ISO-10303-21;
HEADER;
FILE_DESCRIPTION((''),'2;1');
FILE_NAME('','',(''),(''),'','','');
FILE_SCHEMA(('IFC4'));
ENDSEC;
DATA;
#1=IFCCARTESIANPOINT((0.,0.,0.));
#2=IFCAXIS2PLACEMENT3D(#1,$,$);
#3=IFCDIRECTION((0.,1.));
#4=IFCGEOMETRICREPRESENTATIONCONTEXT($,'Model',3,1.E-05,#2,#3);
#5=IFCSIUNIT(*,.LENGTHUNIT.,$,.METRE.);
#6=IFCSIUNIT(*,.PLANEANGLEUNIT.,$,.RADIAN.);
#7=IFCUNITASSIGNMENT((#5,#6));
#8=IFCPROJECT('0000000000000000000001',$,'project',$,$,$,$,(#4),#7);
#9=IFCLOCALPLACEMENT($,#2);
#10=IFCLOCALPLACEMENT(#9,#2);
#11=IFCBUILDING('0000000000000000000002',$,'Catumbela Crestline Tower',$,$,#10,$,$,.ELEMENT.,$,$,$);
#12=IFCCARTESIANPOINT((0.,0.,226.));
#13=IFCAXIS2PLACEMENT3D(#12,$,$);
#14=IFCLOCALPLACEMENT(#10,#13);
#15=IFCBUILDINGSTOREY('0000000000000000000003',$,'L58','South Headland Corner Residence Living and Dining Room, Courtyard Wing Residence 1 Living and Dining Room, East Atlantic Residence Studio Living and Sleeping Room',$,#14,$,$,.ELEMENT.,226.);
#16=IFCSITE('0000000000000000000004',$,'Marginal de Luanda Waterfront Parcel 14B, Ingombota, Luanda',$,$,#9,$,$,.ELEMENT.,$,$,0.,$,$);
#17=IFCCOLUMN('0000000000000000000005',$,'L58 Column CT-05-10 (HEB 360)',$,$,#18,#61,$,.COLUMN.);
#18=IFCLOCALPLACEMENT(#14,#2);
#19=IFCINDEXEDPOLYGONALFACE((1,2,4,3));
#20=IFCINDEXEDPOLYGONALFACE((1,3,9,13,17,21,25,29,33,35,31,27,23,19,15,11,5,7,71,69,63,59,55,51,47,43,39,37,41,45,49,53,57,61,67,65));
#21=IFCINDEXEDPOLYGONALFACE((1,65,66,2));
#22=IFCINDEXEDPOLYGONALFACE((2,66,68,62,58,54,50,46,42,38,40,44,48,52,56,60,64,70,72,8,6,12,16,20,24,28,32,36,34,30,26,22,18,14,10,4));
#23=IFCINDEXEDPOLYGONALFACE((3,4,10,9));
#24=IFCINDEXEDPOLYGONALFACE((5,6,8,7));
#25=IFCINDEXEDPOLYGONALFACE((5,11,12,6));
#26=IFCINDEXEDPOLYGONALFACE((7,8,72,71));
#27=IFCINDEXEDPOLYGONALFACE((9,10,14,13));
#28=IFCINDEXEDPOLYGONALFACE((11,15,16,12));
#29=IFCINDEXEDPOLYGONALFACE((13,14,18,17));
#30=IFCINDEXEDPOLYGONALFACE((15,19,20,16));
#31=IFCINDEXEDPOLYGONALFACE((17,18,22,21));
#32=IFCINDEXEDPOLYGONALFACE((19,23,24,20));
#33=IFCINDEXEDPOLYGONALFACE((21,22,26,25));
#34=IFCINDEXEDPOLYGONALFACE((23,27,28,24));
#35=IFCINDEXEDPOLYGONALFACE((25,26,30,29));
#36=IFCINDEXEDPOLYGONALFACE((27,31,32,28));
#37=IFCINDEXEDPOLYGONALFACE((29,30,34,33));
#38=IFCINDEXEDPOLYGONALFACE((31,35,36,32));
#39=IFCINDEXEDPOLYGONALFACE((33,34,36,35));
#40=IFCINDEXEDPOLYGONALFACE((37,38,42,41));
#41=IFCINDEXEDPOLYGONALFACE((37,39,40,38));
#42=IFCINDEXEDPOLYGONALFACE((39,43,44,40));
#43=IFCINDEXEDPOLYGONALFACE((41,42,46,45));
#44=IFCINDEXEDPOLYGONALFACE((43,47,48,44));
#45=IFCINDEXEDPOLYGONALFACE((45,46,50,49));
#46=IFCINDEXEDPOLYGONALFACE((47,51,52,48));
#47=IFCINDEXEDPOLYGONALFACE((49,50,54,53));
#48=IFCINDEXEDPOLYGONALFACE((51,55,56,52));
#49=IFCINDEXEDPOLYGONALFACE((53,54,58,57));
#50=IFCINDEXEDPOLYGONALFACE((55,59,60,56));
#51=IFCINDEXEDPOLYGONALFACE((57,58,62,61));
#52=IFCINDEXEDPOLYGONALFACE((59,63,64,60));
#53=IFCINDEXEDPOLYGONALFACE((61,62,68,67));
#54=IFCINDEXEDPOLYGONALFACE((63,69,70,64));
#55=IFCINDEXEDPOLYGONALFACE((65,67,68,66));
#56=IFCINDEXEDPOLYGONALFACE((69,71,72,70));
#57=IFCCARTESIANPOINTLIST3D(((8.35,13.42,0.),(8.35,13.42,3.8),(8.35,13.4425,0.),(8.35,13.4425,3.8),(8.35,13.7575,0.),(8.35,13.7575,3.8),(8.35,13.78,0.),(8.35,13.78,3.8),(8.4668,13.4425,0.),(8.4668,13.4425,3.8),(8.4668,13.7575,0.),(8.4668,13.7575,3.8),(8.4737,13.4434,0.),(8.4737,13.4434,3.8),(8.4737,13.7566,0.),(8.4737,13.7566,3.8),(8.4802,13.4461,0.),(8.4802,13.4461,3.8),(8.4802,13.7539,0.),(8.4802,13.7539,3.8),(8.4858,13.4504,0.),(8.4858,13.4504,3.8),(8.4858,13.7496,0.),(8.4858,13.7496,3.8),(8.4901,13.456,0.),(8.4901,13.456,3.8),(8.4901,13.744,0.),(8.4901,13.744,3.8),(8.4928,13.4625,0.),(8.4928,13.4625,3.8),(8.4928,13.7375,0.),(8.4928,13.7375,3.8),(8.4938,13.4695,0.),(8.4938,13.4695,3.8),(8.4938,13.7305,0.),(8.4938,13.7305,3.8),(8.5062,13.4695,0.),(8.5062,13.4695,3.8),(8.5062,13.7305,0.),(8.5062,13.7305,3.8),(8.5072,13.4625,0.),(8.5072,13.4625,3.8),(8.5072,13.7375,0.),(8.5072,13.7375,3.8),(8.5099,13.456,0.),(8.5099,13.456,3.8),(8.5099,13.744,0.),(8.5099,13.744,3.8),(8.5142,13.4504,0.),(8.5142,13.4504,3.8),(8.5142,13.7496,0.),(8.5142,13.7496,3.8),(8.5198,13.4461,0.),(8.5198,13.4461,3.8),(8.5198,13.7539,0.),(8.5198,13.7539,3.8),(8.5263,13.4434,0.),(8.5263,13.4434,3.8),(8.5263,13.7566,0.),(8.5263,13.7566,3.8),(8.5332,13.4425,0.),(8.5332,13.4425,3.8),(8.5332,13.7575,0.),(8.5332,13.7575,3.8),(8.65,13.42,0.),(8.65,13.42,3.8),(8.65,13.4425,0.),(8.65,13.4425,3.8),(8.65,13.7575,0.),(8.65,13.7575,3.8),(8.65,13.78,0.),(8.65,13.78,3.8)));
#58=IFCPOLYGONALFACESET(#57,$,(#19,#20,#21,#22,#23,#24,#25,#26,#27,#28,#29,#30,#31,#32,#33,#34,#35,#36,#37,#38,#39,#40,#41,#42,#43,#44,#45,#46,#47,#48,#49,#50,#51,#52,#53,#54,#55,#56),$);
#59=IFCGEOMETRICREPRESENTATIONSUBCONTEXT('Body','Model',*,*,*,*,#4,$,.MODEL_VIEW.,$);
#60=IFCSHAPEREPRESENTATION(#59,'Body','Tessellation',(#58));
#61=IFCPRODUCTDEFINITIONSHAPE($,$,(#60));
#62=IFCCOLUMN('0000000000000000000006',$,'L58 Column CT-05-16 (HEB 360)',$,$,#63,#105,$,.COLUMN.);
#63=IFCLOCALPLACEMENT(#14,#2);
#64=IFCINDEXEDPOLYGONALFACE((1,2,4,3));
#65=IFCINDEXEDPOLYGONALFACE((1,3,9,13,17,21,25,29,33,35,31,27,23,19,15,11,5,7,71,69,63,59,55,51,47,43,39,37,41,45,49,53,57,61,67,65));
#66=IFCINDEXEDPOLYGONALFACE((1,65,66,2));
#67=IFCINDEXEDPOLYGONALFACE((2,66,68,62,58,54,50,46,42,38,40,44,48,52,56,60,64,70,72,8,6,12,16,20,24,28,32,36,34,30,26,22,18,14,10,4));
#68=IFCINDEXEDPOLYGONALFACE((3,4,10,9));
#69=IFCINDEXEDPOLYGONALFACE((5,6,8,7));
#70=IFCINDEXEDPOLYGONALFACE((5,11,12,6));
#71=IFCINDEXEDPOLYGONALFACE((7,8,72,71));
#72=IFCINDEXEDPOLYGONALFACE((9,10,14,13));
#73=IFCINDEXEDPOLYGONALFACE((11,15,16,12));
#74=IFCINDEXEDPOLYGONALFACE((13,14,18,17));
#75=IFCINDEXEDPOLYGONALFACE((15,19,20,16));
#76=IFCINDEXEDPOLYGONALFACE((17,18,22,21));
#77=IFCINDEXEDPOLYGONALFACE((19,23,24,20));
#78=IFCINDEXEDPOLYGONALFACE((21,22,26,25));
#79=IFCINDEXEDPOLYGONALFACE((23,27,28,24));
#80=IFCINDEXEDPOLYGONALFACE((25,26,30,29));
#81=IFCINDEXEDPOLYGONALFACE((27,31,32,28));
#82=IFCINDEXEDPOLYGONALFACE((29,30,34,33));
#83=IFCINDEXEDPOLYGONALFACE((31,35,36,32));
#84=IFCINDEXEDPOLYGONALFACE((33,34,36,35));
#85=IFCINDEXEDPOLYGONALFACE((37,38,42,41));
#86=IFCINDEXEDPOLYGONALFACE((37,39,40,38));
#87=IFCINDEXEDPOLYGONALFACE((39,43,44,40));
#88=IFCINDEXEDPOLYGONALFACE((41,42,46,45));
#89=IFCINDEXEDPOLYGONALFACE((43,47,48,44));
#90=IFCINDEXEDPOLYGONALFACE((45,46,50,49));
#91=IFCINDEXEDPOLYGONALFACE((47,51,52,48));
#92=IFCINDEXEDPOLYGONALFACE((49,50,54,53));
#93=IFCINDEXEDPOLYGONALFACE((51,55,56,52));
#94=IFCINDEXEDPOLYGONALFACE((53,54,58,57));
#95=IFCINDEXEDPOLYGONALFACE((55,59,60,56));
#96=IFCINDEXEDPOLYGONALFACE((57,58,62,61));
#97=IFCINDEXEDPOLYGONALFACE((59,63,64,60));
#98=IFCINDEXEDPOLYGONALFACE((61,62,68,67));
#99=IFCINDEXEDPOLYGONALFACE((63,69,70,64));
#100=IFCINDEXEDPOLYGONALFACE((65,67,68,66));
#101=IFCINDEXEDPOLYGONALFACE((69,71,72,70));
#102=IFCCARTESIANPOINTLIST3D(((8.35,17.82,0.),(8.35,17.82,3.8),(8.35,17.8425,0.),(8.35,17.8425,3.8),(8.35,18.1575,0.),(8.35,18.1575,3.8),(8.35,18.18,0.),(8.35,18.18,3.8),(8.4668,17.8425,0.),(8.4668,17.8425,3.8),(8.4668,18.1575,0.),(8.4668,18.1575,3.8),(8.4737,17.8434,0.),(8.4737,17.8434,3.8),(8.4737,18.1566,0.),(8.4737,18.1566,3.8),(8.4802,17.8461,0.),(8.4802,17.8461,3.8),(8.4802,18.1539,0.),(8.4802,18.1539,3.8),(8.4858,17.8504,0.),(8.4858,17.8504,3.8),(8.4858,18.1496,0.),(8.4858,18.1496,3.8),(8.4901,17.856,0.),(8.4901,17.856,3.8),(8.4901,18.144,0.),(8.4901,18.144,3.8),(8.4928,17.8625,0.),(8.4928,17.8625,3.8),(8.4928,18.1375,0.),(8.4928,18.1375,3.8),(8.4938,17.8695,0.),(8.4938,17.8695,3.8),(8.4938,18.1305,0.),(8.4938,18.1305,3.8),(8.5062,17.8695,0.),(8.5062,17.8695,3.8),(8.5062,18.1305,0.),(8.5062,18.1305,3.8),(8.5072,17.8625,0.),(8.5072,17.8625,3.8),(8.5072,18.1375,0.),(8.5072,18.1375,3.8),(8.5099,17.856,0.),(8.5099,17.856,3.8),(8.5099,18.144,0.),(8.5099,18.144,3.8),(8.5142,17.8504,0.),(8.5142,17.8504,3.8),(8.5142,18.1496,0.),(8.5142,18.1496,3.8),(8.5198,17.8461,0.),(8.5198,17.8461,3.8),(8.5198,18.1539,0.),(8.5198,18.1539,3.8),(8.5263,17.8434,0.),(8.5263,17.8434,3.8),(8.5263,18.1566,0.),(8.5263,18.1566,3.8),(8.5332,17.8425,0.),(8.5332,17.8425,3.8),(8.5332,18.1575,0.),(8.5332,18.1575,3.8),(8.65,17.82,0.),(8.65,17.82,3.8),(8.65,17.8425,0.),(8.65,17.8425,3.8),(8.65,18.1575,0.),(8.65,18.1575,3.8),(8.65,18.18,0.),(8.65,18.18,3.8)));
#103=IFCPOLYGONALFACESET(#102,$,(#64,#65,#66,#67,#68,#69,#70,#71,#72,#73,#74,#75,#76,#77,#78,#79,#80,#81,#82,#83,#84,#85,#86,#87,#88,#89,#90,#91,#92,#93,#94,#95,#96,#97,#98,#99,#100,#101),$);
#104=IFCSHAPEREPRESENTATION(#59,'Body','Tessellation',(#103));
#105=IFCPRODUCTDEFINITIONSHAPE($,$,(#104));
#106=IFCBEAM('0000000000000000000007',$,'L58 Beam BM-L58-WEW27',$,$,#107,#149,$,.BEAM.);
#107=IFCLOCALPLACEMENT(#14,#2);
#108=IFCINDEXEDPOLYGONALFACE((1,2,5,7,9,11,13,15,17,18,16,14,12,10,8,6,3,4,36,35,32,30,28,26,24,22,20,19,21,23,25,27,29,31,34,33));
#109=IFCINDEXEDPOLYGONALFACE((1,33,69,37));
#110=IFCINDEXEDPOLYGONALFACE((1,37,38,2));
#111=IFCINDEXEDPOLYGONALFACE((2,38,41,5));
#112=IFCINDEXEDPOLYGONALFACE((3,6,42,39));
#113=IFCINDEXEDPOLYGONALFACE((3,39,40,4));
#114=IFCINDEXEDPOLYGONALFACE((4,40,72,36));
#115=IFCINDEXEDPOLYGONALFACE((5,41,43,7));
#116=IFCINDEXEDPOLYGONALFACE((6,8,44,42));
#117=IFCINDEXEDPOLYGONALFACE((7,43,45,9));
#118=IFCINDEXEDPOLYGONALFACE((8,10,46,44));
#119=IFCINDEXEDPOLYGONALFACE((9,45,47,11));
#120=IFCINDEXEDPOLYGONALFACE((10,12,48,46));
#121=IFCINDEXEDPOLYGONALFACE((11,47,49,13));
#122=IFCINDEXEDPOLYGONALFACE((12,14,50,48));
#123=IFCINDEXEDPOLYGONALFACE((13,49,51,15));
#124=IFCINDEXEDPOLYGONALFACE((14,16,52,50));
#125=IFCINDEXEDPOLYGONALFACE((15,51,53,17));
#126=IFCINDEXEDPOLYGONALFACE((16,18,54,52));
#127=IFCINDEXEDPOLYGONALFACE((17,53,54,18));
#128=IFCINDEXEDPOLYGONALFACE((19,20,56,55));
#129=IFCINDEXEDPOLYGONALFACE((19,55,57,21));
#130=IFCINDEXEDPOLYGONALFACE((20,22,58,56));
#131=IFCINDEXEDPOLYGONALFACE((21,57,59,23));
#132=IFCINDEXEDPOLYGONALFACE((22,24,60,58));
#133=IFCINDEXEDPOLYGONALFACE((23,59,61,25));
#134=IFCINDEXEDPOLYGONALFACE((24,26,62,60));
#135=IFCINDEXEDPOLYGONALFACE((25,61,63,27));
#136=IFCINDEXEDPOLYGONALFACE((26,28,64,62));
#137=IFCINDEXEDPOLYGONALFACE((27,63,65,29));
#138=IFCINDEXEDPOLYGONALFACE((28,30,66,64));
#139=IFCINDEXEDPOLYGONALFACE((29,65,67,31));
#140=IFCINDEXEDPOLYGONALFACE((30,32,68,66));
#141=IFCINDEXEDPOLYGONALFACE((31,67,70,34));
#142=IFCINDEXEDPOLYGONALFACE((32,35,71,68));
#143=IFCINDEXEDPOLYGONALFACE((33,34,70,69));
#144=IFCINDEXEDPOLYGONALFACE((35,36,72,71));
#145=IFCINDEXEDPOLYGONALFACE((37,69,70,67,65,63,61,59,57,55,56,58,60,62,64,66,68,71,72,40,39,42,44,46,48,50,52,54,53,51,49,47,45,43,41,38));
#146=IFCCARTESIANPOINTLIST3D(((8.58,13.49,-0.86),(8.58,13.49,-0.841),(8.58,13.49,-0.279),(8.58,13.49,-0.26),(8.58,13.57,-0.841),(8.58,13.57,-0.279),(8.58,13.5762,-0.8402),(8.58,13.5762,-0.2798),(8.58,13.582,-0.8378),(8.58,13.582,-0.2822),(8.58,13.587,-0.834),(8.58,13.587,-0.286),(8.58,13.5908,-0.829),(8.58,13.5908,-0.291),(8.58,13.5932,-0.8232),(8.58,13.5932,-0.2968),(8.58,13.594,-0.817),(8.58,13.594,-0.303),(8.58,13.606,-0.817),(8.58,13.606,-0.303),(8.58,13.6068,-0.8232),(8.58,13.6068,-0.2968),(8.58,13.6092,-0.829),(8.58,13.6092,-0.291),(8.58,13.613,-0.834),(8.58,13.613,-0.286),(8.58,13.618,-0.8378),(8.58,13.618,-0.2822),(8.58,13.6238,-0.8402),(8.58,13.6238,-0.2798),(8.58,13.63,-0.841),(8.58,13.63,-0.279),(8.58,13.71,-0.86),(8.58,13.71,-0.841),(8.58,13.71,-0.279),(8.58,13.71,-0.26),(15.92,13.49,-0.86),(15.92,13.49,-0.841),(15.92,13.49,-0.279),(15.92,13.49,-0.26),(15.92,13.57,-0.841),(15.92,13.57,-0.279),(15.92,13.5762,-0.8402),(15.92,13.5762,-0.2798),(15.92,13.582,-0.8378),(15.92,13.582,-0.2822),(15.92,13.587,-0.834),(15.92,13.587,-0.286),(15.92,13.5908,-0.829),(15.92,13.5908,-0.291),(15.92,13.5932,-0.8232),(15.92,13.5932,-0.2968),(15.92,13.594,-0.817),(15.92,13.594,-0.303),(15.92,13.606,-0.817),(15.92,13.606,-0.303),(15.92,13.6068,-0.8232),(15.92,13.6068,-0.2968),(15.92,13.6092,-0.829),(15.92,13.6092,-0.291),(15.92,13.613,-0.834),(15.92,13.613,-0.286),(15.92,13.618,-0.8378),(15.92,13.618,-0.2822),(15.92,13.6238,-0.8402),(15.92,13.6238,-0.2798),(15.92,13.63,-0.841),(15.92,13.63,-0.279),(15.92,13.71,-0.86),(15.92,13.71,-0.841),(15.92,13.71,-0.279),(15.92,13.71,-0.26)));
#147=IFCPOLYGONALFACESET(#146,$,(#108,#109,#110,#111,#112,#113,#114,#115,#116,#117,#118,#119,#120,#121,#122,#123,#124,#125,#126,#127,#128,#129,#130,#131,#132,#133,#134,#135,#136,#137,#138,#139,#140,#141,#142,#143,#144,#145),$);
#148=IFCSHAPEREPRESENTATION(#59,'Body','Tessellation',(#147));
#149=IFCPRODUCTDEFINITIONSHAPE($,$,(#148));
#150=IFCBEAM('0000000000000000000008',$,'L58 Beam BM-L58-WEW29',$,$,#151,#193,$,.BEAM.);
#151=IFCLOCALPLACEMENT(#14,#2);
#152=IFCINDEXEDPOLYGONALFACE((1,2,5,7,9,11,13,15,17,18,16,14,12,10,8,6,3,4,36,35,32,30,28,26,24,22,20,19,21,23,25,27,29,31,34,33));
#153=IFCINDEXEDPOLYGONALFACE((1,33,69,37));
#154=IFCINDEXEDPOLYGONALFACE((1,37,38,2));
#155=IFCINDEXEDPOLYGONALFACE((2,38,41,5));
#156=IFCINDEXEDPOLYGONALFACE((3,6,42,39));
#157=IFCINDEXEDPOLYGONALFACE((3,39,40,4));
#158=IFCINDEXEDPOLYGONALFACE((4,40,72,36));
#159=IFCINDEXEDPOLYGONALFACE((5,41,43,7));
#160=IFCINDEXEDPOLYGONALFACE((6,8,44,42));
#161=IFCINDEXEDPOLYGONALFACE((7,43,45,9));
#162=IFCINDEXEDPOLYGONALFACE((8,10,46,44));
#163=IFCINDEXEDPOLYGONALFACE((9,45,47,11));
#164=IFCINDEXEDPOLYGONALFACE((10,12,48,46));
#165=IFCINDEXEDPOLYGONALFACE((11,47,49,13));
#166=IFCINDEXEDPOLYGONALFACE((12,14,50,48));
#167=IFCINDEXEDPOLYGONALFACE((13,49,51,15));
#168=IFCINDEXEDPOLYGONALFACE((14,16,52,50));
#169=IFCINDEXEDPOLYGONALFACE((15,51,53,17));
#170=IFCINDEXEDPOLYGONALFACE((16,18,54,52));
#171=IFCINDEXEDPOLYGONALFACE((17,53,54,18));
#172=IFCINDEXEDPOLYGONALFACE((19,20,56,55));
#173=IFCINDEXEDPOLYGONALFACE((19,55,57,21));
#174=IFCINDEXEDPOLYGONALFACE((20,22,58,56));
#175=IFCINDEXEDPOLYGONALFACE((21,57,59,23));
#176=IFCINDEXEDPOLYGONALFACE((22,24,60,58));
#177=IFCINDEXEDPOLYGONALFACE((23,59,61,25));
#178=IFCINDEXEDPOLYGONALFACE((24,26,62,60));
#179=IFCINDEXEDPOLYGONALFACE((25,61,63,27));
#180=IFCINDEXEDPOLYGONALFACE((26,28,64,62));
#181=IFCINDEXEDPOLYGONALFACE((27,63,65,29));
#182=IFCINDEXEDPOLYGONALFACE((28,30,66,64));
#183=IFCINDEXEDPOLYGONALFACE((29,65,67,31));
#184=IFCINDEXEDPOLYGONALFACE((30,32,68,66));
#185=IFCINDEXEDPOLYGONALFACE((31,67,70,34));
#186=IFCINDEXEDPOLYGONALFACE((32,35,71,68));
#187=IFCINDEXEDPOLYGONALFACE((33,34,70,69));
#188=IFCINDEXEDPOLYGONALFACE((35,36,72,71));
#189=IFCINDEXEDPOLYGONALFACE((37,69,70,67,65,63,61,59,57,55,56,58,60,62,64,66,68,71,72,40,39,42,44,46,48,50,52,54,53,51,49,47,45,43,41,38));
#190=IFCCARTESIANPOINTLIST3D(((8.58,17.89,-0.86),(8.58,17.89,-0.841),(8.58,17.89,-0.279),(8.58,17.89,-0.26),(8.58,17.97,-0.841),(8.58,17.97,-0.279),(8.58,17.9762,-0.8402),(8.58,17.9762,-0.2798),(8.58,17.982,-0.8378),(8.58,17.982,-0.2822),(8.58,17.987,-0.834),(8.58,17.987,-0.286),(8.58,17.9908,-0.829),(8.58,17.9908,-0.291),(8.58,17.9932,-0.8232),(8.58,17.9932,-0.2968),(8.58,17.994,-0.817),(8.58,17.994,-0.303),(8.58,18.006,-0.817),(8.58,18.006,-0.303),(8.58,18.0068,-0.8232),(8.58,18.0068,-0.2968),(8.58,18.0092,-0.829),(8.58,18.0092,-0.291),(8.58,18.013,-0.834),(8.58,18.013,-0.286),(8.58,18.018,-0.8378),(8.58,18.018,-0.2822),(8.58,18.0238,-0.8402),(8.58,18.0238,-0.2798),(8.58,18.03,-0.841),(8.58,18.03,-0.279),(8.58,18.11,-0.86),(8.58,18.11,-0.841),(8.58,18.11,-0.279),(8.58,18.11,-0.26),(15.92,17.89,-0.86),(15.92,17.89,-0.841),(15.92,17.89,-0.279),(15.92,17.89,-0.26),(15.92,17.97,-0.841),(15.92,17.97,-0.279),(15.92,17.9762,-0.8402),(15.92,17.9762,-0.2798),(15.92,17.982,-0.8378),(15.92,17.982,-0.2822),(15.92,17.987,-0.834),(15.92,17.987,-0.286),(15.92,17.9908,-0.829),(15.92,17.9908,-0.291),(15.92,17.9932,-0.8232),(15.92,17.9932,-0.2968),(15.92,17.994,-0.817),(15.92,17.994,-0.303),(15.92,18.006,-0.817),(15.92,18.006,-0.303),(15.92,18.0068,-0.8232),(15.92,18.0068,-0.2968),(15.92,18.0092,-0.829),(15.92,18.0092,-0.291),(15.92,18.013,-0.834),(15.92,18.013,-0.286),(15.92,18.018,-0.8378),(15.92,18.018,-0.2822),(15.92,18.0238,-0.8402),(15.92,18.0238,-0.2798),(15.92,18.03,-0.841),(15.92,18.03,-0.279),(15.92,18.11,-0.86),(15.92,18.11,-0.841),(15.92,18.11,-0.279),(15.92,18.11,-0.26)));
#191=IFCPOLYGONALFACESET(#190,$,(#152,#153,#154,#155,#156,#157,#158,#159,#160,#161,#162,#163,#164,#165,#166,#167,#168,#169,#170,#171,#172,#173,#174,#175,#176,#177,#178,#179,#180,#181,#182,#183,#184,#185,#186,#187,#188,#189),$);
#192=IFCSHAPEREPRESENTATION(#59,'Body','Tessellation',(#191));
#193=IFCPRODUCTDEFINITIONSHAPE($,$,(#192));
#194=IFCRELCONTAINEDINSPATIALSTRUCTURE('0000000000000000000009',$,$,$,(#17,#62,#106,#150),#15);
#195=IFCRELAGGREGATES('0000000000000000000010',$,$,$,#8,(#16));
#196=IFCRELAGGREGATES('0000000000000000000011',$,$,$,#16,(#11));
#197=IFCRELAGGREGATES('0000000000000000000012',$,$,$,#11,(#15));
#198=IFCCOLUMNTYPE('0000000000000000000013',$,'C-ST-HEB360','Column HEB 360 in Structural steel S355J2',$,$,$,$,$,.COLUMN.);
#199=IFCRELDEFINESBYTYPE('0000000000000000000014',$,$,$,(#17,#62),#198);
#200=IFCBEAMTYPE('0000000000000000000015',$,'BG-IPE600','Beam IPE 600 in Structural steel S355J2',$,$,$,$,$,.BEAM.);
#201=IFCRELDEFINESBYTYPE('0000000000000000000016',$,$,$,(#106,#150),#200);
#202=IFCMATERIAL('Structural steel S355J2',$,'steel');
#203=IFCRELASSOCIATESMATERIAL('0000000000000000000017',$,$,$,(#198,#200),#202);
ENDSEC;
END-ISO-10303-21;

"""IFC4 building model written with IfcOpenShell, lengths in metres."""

from ifc_helpers import new_model, si_unit, direction, frame, origin, origin_2d, place, context, subcontext, project, spatial, i_section, extrude, material, material_profile, profile_set, type_object, element, save


model = new_model("IFC4")

# Units and contexts
model_context = context("Model", 3, precision=1e-05, world=origin(), true_north=direction((0.0, 1.0)))
body_context = subcontext(model_context, "Body", "Model", "MODEL_VIEW")
ifc_project = project(units=[si_unit("LENGTHUNIT", "METRE"), si_unit("PLANEANGLEUNIT", "RADIAN")], contexts=[model_context])

# Site, building, storey
site_placement = place(None, origin())
site = spatial("IfcSite", under=ifc_project, at=site_placement, Name="Marginal de Luanda Waterfront Parcel 14B, Ingombota, Luanda", CompositionType="ELEMENT", RefElevation=0.0)
building_placement = place(site_placement, origin())
building = spatial("IfcBuilding", under=site, at=building_placement, Name="Catumbela Crestline Tower", CompositionType="ELEMENT")
storey_placement = place(building_placement, frame((0.0, 0.0, 226.0)))
storey = spatial("IfcBuildingStorey", under=building, at=storey_placement, Name="L58", Description="South Headland Corner Residence Living and Dining Room, Courtyard Wing Residence 1 Living and Dining Room, East Atlantic Residence Studio Living and Sleeping Room", CompositionType="ELEMENT", Elevation=226.0)

# Columns
ifc_material_1 = material(Name="Structural steel S355J2", Category="steel")
ifc_material_profile_1 = material_profile(ifc_material_1, i_section(OverallWidth=0.3, OverallDepth=0.36, WebThickness=0.0125, FlangeThickness=0.0225, FilletRadius=0.027, at=origin_2d()), Name="HEB 360")
ifc_profile_set_1 = profile_set([ifc_material_profile_1], Name="Structural steel S355J2")
column_type = type_object("IfcColumnType", Name="C-ST-HEB360", Description="Column HEB 360 in Structural steel S355J2", PredefinedType="COLUMN", material=ifc_profile_set_1)
for number, where, z_axis, x_axis, name in (
    (1, (8.5, 13.6, 0.0), (0.0, 0.0, 1.0), (1.0, 0.0, 0.0), "L58 Column CT-05-10 (HEB 360)"),
    (2, (8.5, 18.0, 0.0), (0.0, 0.0, 1.0), (1.0, 0.0, 0.0), "L58 Column CT-05-16 (HEB 360)"),
):
    element("IfcColumn", number, at=place(storey_placement, frame(where, z_axis=z_axis, x_axis=x_axis)), inside=storey, type_object=column_type, Name=name, PredefinedType="COLUMN", context=body_context, shape_type="SweptSolid", body=[
        extrude(i_section(OverallWidth=0.3, OverallDepth=0.36, WebThickness=0.0125, FlangeThickness=0.0225, FilletRadius=0.027, at=origin_2d()), origin(), (0.0, 0.0, 1.0), 3.8),
    ])

# Beams
ifc_material_profile_2 = material_profile(ifc_material_1, i_section(OverallWidth=0.22, OverallDepth=0.6, WebThickness=0.012, FlangeThickness=0.019, FilletRadius=0.024, at=origin_2d()), Name="IPE 600")
ifc_profile_set_2 = profile_set([ifc_material_profile_2], Name="Structural steel S355J2")
beam_type = type_object("IfcBeamType", Name="BG-IPE600", Description="Beam IPE 600 in Structural steel S355J2", PredefinedType="BEAM", material=ifc_profile_set_2)
for number, where, z_axis, x_axis, name in (
    (3, (8.58, 13.6, -0.56), (1.0, 0.0, 0.0), (0.0, 1.0, 0.0), "L58 Beam BM-L58-WEW27"),
    (4, (8.58, 18.0, -0.56), (1.0, 0.0, 0.0), (0.0, 1.0, 0.0), "L58 Beam BM-L58-WEW29"),
):
    element("IfcBeam", number, at=place(storey_placement, frame(where, z_axis=z_axis, x_axis=x_axis)), inside=storey, type_object=beam_type, Name=name, PredefinedType="BEAM", context=body_context, shape_type="SweptSolid", body=[
        extrude(i_section(OverallWidth=0.22, OverallDepth=0.6, WebThickness=0.012, FlangeThickness=0.019, FilletRadius=0.024, at=origin_2d()), origin(), (0.0, 0.0, 1.0), 7.34),
    ])

save(model, "model.ifc")
